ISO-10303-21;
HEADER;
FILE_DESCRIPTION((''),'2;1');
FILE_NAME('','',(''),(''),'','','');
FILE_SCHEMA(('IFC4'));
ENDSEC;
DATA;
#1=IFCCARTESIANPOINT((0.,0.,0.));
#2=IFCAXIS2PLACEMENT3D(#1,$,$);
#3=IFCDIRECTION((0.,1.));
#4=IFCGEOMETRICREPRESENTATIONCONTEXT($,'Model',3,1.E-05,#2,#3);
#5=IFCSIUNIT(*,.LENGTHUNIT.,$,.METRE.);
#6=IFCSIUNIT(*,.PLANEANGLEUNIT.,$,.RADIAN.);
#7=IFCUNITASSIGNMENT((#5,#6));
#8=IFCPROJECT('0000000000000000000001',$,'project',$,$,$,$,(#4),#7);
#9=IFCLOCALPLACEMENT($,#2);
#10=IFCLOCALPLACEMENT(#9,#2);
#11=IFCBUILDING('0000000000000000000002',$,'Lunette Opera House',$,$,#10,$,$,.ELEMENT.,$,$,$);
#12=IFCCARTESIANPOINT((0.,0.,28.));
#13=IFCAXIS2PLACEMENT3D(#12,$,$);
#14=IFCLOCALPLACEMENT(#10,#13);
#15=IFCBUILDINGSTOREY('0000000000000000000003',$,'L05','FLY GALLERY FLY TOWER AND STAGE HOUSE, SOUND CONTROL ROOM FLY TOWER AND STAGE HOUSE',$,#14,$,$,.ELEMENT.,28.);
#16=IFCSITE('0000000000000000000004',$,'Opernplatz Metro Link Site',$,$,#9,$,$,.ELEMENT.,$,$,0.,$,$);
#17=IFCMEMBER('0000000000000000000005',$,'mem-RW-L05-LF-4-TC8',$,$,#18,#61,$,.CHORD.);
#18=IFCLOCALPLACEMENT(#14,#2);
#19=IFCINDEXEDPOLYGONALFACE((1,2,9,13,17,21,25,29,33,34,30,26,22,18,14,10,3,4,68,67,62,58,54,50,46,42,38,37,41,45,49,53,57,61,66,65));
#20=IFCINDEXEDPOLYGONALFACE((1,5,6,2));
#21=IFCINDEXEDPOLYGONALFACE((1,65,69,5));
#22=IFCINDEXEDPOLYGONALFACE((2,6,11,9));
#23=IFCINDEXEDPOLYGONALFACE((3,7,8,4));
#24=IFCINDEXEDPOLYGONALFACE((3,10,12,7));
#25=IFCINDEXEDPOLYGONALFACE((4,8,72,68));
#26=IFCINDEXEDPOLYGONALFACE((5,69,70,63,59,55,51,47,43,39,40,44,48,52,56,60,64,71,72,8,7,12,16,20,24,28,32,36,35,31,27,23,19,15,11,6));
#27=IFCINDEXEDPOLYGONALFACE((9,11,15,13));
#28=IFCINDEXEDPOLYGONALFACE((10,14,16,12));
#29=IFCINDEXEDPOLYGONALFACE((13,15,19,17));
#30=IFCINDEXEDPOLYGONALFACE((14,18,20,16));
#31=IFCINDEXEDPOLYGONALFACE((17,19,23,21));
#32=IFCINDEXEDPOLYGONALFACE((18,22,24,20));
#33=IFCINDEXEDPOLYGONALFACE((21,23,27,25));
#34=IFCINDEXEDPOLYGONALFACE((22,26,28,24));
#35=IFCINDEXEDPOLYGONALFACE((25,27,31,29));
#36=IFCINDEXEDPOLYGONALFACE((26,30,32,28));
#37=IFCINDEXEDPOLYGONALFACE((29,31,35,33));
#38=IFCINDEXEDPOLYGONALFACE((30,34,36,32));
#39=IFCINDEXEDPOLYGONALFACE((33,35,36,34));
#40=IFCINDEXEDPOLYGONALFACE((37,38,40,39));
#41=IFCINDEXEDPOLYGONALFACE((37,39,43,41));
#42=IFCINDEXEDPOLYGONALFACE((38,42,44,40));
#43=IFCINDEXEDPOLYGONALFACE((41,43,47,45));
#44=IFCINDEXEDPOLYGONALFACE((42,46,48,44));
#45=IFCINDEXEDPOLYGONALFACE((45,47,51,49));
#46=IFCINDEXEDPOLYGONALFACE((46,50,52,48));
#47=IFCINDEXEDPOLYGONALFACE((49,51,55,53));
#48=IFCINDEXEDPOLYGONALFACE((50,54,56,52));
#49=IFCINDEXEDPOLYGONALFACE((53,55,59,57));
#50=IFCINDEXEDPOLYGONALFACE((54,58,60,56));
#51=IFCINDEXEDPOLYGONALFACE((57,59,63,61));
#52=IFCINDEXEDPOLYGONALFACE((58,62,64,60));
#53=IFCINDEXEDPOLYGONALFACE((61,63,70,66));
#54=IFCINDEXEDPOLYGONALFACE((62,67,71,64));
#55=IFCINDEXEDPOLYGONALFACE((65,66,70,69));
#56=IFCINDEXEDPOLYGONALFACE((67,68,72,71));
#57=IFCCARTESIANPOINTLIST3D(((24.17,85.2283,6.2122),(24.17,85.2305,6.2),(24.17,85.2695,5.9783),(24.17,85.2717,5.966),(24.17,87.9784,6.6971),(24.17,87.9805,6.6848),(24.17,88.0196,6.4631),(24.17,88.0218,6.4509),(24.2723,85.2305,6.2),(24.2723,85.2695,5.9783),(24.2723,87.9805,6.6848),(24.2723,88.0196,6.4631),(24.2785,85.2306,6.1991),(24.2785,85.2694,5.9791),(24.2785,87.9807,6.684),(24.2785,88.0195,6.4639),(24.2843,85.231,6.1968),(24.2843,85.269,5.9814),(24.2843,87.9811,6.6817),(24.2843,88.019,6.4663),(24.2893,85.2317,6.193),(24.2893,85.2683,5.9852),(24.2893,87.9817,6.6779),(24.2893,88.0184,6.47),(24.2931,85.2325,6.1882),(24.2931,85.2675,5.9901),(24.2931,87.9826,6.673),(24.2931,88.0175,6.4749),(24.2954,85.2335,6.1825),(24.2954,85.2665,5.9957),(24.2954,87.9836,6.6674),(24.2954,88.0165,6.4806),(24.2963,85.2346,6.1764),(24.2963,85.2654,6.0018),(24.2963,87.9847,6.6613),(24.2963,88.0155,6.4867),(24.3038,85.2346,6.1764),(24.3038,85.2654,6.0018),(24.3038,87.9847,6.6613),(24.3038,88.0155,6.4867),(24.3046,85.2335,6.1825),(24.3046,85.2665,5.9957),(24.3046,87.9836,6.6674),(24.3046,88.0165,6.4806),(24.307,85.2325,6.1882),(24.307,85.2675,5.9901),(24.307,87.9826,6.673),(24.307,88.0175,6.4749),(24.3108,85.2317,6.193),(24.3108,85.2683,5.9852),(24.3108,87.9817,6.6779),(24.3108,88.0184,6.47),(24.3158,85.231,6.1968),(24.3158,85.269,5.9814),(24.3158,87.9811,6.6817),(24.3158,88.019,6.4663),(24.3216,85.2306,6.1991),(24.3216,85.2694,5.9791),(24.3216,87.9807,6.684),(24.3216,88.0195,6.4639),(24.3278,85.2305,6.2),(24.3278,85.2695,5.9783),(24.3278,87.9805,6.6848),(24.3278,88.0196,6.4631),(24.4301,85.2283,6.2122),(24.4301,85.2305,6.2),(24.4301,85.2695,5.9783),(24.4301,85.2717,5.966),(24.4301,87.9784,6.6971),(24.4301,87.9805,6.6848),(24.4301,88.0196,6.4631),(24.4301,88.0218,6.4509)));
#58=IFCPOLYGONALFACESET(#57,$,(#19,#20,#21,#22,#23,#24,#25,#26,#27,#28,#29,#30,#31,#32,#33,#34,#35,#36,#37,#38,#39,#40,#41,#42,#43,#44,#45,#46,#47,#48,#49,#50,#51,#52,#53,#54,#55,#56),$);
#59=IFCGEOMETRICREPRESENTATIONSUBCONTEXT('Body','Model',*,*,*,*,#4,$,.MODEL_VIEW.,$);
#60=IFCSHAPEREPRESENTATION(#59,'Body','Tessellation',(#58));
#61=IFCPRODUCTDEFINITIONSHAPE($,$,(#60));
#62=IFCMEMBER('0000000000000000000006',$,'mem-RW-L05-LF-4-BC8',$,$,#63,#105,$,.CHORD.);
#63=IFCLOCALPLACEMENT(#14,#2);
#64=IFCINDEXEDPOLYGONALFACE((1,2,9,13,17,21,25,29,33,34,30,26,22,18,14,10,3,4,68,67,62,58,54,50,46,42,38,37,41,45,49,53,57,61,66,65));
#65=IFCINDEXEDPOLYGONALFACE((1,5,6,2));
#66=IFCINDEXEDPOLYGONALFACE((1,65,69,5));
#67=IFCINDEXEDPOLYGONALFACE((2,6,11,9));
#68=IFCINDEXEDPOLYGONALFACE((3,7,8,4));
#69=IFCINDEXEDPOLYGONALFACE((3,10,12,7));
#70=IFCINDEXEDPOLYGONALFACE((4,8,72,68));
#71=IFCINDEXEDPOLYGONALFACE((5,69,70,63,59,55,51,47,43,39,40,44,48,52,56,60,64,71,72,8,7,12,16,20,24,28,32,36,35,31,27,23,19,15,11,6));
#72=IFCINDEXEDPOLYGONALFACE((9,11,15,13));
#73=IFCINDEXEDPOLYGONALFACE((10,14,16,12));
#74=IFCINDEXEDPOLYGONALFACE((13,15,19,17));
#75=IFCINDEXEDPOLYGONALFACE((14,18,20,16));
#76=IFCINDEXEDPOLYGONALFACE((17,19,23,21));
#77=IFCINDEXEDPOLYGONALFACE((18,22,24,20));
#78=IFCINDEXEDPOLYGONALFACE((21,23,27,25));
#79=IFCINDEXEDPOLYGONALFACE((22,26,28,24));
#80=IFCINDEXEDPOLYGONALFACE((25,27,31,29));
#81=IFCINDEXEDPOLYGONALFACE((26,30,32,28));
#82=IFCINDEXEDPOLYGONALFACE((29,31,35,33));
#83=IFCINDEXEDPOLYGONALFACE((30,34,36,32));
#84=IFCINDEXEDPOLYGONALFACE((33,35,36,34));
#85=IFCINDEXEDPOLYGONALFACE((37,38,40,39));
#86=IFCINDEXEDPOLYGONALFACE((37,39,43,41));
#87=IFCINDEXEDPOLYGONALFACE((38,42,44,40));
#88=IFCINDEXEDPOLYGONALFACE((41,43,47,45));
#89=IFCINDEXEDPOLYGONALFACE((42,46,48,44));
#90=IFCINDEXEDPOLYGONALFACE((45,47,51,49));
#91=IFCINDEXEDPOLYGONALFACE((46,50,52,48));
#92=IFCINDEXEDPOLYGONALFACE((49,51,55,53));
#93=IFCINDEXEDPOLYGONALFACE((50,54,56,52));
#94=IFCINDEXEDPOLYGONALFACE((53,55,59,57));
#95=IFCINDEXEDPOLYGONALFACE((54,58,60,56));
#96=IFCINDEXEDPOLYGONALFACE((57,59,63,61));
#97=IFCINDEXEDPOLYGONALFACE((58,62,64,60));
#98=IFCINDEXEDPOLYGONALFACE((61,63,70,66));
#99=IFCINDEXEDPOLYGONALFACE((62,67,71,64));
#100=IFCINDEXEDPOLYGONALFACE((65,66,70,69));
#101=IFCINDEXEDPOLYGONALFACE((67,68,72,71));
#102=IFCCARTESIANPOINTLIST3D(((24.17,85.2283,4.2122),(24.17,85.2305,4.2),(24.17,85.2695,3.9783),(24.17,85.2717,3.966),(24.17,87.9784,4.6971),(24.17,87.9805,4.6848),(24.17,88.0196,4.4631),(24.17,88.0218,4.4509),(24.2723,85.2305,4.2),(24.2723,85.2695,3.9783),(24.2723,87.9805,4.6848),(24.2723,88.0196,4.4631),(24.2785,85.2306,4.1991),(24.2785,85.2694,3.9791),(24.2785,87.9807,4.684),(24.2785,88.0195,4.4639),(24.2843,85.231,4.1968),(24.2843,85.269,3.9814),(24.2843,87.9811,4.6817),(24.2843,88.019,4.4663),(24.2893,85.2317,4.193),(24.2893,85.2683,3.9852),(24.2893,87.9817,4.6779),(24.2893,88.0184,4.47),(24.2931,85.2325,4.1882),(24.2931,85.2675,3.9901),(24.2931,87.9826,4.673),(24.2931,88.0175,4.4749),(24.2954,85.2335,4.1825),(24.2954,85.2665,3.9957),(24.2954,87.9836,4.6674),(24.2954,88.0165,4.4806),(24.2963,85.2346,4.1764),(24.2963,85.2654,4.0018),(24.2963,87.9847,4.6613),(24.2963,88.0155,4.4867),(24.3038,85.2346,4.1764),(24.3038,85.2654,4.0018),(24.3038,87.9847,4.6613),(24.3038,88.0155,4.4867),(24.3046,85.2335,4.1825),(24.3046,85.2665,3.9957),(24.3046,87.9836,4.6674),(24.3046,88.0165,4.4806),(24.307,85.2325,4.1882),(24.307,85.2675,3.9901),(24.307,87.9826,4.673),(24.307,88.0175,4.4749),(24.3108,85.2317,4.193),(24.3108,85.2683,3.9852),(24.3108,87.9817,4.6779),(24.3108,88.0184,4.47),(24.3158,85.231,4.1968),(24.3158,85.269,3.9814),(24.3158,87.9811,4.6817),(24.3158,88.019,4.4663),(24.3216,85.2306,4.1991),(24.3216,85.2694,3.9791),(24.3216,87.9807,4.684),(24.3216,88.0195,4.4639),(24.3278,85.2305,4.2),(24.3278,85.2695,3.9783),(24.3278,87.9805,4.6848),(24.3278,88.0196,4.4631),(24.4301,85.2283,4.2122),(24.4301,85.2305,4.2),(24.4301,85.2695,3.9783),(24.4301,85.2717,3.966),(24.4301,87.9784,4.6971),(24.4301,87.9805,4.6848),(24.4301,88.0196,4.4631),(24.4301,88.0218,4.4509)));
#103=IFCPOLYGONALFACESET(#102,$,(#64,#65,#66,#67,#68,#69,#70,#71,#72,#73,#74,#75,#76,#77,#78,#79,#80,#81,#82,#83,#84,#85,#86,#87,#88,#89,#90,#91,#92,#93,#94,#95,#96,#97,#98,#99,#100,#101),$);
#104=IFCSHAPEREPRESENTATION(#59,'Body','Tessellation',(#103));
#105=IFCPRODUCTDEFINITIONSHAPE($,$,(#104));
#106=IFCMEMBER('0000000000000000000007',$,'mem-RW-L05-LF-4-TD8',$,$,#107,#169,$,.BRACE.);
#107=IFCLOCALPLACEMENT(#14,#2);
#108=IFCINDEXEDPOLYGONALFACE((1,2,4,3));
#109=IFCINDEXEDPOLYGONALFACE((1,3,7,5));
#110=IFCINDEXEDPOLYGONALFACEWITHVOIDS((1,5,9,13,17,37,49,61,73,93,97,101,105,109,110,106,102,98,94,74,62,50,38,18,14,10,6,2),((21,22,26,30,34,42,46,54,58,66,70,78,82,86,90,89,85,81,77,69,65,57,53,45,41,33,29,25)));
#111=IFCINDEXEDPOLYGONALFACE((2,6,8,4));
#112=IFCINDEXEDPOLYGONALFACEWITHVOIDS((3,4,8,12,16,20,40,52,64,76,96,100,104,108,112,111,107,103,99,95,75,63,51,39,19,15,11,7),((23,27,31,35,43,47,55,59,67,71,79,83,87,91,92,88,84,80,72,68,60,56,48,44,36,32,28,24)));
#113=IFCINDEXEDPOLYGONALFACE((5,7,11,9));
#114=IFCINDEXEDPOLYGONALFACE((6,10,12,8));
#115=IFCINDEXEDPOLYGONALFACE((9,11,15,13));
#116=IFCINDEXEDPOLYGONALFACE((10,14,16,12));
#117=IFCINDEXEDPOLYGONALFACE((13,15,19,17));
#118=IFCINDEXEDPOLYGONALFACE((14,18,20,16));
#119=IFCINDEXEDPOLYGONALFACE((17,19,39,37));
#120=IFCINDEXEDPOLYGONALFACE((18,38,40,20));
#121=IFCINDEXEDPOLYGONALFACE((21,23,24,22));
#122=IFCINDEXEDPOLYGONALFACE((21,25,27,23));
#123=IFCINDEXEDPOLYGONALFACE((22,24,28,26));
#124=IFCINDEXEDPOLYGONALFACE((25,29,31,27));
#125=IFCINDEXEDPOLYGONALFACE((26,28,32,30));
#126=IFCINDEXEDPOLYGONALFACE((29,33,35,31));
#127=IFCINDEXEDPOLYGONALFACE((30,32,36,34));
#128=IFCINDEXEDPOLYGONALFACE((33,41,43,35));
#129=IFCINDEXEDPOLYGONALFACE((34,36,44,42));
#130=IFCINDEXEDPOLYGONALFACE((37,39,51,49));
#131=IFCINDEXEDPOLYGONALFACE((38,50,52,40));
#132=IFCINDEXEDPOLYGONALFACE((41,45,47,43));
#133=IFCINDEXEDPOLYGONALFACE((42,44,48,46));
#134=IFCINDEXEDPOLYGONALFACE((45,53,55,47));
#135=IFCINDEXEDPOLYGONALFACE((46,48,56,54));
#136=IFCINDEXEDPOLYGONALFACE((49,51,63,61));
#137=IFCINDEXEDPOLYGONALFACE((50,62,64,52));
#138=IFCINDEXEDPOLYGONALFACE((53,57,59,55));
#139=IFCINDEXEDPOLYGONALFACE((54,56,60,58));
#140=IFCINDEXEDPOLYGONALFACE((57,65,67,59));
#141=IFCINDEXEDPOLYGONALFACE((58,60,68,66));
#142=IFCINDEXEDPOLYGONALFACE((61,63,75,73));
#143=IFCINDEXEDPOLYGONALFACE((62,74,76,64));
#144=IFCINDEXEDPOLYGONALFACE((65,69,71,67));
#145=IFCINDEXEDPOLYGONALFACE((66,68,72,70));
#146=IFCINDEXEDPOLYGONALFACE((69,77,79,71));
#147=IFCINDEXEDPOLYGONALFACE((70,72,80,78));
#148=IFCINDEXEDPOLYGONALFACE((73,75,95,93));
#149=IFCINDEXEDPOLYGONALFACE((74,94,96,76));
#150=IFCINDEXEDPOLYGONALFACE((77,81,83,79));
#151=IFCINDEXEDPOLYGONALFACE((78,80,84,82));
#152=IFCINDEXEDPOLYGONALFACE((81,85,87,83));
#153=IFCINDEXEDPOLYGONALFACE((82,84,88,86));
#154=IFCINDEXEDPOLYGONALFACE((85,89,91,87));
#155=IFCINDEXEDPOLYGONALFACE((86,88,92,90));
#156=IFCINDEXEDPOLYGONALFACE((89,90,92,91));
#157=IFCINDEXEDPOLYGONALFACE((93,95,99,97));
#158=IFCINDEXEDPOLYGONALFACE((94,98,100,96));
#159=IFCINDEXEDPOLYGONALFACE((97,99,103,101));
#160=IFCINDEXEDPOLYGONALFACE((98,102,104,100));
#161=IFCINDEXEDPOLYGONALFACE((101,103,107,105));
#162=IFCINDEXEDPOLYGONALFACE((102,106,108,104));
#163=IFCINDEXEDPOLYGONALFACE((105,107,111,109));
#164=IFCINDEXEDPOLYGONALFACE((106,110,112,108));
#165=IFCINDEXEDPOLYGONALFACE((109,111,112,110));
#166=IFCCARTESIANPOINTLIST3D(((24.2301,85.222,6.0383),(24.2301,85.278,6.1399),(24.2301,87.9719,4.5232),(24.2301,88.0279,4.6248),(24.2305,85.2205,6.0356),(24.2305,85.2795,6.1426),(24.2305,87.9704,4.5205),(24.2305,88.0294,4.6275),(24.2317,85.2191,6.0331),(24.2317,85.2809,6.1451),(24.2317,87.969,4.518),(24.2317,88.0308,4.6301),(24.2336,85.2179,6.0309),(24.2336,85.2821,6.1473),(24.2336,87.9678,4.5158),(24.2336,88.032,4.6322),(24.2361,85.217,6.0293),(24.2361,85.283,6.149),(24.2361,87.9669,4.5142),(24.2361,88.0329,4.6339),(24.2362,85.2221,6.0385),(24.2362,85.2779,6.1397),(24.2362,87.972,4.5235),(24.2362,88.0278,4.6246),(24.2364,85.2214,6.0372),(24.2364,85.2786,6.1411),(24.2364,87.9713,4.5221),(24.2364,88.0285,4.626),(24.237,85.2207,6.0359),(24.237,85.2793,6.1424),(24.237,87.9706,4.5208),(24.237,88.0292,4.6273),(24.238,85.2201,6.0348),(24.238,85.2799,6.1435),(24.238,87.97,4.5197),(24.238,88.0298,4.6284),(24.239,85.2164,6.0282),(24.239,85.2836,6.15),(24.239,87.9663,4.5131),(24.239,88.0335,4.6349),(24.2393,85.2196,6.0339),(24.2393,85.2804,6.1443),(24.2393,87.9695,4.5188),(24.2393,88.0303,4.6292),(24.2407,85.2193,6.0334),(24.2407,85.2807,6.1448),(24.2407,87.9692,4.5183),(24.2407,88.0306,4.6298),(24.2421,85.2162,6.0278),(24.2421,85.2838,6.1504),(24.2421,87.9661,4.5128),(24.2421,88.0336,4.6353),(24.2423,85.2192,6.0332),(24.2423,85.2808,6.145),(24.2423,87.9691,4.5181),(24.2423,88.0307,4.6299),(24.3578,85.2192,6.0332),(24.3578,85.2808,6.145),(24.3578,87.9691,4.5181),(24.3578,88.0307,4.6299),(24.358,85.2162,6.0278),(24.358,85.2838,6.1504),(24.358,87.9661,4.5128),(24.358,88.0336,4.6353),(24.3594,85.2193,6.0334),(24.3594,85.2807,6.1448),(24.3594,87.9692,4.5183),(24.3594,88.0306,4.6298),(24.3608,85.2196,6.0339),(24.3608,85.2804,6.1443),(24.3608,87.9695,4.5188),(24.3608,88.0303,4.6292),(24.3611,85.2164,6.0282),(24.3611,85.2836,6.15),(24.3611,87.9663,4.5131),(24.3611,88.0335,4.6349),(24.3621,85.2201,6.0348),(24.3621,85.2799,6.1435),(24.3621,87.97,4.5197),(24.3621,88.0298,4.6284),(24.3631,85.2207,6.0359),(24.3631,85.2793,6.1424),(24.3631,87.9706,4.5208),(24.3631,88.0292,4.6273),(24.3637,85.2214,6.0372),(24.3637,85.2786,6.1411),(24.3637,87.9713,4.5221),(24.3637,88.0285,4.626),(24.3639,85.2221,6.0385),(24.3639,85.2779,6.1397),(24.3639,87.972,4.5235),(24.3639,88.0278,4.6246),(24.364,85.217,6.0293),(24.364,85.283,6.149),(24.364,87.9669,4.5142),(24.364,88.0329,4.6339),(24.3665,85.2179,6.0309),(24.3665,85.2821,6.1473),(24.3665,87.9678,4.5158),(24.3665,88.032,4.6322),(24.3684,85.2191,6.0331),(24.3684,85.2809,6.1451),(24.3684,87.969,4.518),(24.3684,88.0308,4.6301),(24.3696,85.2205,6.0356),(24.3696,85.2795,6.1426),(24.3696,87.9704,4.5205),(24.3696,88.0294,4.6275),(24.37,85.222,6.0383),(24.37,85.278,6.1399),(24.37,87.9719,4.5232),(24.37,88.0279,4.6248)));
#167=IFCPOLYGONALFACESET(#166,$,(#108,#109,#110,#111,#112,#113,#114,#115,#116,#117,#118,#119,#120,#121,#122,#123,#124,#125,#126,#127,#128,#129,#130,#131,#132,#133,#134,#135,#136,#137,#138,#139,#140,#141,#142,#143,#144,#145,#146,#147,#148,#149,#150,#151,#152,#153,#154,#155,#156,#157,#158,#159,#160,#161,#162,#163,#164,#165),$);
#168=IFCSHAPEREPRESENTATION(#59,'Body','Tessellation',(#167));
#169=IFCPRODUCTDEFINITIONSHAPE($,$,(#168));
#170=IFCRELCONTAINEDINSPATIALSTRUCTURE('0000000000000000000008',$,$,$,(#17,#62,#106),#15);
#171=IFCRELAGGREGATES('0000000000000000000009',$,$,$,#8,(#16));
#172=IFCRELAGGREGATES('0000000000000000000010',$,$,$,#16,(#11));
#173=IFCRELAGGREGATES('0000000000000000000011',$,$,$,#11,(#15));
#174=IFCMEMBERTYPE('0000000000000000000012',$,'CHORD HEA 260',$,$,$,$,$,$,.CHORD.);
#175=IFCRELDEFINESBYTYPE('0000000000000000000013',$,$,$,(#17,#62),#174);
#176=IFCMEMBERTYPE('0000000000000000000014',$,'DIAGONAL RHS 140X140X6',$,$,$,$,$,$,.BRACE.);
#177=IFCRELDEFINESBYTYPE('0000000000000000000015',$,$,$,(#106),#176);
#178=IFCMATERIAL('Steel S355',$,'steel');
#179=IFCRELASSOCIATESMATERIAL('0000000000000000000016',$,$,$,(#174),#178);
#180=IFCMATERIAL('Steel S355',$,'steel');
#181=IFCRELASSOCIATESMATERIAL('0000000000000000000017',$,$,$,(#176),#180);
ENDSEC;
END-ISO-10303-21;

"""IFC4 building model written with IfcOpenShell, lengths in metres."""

from ifc_helpers import new_model, si_unit, direction, frame, origin, origin_2d, place, context, subcontext, project, spatial, hollow_rectangle, i_section, extrude, material, material_profile, profile_set, type_object, element, save


model = new_model("IFC4")

# Units and contexts
model_context = context("Model", 3, precision=1e-05, world=origin(), true_north=direction((0.0, 1.0)))
body_context = subcontext(model_context, "Body", "Model", "MODEL_VIEW")
ifc_project = project(units=[si_unit("LENGTHUNIT", "METRE"), si_unit("PLANEANGLEUNIT", "RADIAN")], contexts=[model_context])

# Site, building, storey
site_placement = place(None, origin())
site = spatial("IfcSite", under=ifc_project, at=site_placement, Name="Opernplatz Metro Link Site", CompositionType="ELEMENT", RefElevation=0.0)
building_placement = place(site_placement, origin())
building = spatial("IfcBuilding", under=site, at=building_placement, Name="Lunette Opera House", CompositionType="ELEMENT")
storey_placement = place(building_placement, frame((0.0, 0.0, 28.0)))
storey = spatial("IfcBuildingStorey", under=building, at=storey_placement, Name="L05", Description="FLY GALLERY FLY TOWER AND STAGE HOUSE, SOUND CONTROL ROOM FLY TOWER AND STAGE HOUSE", CompositionType="ELEMENT", Elevation=28.0)

# Members
ifc_material_1 = material(Name="Steel S355", Category="steel")
ifc_material_profile_1 = material_profile(ifc_material_1, i_section(OverallWidth=0.26, OverallDepth=0.25, WebThickness=0.0076, FlangeThickness=0.0125, FilletRadius=0.0239, at=origin_2d()), Name="HEA 260")
ifc_profile_set_1 = profile_set([ifc_material_profile_1], Name="Steel S355")
member_type_1 = type_object("IfcMemberType", Name="CHORD HEA 260", PredefinedType="CHORD", material=ifc_profile_set_1)
for number, where, z_axis, x_axis, name in (
    (1, (24.3, 85.25, 6.0891), (0.0, 0.98481, 0.173636), (-1.0, 0.0, 0.0), "mem-RW-L05-LF-4-TC8"),
    (2, (24.3, 85.25, 4.0891), (0.0, 0.98481, 0.173636), (-1.0, 0.0, 0.0), "mem-RW-L05-LF-4-BC8"),
):
    element("IfcMember", number, at=place(storey_placement, frame(where, z_axis=z_axis, x_axis=x_axis)), inside=storey, type_object=member_type_1, Name=name, PredefinedType="CHORD", context=body_context, shape_type="SweptSolid", body=[
        extrude(i_section(OverallWidth=0.26, OverallDepth=0.25, WebThickness=0.0076, FlangeThickness=0.0125, FilletRadius=0.0239, at=origin_2d()), origin(), (0.0, 0.0, 1.0), 2.7925),
    ])
ifc_material_2 = material(Name="Steel S355", Category="steel")
ifc_material_profile_2 = material_profile(ifc_material_2, hollow_rectangle(XDim=0.1399, YDim=0.1399, WallThickness=0.0061, InnerFilletRadius=0.0061, OuterFilletRadius=0.012, at=origin_2d()), Name="RHS 140X140X6")
ifc_profile_set_2 = profile_set([ifc_material_profile_2], Name="Steel S355")
member_type_2 = type_object("IfcMemberType", Name="DIAGONAL RHS 140X140X6", PredefinedType="BRACE", material=ifc_profile_set_2)
member_1_placement = place(storey_placement, frame((24.3, 85.25, 6.0891), z_axis=(0.0, 0.875861, -0.482563), x_axis=(-1.0, 0.0, 0.0)))
element("IfcMember", 3, at=member_1_placement, inside=storey, type_object=member_type_2, Name="mem-RW-L05-LF-4-TD8", PredefinedType="BRACE", context=body_context, shape_type="SweptSolid", body=[
    extrude(hollow_rectangle(XDim=0.1399, YDim=0.1399, WallThickness=0.0061, InnerFilletRadius=0.0061, OuterFilletRadius=0.012, at=origin_2d()), origin(), (0.0, 0.0, 1.0), 3.1396),
])

save(model, "model.ifc")
